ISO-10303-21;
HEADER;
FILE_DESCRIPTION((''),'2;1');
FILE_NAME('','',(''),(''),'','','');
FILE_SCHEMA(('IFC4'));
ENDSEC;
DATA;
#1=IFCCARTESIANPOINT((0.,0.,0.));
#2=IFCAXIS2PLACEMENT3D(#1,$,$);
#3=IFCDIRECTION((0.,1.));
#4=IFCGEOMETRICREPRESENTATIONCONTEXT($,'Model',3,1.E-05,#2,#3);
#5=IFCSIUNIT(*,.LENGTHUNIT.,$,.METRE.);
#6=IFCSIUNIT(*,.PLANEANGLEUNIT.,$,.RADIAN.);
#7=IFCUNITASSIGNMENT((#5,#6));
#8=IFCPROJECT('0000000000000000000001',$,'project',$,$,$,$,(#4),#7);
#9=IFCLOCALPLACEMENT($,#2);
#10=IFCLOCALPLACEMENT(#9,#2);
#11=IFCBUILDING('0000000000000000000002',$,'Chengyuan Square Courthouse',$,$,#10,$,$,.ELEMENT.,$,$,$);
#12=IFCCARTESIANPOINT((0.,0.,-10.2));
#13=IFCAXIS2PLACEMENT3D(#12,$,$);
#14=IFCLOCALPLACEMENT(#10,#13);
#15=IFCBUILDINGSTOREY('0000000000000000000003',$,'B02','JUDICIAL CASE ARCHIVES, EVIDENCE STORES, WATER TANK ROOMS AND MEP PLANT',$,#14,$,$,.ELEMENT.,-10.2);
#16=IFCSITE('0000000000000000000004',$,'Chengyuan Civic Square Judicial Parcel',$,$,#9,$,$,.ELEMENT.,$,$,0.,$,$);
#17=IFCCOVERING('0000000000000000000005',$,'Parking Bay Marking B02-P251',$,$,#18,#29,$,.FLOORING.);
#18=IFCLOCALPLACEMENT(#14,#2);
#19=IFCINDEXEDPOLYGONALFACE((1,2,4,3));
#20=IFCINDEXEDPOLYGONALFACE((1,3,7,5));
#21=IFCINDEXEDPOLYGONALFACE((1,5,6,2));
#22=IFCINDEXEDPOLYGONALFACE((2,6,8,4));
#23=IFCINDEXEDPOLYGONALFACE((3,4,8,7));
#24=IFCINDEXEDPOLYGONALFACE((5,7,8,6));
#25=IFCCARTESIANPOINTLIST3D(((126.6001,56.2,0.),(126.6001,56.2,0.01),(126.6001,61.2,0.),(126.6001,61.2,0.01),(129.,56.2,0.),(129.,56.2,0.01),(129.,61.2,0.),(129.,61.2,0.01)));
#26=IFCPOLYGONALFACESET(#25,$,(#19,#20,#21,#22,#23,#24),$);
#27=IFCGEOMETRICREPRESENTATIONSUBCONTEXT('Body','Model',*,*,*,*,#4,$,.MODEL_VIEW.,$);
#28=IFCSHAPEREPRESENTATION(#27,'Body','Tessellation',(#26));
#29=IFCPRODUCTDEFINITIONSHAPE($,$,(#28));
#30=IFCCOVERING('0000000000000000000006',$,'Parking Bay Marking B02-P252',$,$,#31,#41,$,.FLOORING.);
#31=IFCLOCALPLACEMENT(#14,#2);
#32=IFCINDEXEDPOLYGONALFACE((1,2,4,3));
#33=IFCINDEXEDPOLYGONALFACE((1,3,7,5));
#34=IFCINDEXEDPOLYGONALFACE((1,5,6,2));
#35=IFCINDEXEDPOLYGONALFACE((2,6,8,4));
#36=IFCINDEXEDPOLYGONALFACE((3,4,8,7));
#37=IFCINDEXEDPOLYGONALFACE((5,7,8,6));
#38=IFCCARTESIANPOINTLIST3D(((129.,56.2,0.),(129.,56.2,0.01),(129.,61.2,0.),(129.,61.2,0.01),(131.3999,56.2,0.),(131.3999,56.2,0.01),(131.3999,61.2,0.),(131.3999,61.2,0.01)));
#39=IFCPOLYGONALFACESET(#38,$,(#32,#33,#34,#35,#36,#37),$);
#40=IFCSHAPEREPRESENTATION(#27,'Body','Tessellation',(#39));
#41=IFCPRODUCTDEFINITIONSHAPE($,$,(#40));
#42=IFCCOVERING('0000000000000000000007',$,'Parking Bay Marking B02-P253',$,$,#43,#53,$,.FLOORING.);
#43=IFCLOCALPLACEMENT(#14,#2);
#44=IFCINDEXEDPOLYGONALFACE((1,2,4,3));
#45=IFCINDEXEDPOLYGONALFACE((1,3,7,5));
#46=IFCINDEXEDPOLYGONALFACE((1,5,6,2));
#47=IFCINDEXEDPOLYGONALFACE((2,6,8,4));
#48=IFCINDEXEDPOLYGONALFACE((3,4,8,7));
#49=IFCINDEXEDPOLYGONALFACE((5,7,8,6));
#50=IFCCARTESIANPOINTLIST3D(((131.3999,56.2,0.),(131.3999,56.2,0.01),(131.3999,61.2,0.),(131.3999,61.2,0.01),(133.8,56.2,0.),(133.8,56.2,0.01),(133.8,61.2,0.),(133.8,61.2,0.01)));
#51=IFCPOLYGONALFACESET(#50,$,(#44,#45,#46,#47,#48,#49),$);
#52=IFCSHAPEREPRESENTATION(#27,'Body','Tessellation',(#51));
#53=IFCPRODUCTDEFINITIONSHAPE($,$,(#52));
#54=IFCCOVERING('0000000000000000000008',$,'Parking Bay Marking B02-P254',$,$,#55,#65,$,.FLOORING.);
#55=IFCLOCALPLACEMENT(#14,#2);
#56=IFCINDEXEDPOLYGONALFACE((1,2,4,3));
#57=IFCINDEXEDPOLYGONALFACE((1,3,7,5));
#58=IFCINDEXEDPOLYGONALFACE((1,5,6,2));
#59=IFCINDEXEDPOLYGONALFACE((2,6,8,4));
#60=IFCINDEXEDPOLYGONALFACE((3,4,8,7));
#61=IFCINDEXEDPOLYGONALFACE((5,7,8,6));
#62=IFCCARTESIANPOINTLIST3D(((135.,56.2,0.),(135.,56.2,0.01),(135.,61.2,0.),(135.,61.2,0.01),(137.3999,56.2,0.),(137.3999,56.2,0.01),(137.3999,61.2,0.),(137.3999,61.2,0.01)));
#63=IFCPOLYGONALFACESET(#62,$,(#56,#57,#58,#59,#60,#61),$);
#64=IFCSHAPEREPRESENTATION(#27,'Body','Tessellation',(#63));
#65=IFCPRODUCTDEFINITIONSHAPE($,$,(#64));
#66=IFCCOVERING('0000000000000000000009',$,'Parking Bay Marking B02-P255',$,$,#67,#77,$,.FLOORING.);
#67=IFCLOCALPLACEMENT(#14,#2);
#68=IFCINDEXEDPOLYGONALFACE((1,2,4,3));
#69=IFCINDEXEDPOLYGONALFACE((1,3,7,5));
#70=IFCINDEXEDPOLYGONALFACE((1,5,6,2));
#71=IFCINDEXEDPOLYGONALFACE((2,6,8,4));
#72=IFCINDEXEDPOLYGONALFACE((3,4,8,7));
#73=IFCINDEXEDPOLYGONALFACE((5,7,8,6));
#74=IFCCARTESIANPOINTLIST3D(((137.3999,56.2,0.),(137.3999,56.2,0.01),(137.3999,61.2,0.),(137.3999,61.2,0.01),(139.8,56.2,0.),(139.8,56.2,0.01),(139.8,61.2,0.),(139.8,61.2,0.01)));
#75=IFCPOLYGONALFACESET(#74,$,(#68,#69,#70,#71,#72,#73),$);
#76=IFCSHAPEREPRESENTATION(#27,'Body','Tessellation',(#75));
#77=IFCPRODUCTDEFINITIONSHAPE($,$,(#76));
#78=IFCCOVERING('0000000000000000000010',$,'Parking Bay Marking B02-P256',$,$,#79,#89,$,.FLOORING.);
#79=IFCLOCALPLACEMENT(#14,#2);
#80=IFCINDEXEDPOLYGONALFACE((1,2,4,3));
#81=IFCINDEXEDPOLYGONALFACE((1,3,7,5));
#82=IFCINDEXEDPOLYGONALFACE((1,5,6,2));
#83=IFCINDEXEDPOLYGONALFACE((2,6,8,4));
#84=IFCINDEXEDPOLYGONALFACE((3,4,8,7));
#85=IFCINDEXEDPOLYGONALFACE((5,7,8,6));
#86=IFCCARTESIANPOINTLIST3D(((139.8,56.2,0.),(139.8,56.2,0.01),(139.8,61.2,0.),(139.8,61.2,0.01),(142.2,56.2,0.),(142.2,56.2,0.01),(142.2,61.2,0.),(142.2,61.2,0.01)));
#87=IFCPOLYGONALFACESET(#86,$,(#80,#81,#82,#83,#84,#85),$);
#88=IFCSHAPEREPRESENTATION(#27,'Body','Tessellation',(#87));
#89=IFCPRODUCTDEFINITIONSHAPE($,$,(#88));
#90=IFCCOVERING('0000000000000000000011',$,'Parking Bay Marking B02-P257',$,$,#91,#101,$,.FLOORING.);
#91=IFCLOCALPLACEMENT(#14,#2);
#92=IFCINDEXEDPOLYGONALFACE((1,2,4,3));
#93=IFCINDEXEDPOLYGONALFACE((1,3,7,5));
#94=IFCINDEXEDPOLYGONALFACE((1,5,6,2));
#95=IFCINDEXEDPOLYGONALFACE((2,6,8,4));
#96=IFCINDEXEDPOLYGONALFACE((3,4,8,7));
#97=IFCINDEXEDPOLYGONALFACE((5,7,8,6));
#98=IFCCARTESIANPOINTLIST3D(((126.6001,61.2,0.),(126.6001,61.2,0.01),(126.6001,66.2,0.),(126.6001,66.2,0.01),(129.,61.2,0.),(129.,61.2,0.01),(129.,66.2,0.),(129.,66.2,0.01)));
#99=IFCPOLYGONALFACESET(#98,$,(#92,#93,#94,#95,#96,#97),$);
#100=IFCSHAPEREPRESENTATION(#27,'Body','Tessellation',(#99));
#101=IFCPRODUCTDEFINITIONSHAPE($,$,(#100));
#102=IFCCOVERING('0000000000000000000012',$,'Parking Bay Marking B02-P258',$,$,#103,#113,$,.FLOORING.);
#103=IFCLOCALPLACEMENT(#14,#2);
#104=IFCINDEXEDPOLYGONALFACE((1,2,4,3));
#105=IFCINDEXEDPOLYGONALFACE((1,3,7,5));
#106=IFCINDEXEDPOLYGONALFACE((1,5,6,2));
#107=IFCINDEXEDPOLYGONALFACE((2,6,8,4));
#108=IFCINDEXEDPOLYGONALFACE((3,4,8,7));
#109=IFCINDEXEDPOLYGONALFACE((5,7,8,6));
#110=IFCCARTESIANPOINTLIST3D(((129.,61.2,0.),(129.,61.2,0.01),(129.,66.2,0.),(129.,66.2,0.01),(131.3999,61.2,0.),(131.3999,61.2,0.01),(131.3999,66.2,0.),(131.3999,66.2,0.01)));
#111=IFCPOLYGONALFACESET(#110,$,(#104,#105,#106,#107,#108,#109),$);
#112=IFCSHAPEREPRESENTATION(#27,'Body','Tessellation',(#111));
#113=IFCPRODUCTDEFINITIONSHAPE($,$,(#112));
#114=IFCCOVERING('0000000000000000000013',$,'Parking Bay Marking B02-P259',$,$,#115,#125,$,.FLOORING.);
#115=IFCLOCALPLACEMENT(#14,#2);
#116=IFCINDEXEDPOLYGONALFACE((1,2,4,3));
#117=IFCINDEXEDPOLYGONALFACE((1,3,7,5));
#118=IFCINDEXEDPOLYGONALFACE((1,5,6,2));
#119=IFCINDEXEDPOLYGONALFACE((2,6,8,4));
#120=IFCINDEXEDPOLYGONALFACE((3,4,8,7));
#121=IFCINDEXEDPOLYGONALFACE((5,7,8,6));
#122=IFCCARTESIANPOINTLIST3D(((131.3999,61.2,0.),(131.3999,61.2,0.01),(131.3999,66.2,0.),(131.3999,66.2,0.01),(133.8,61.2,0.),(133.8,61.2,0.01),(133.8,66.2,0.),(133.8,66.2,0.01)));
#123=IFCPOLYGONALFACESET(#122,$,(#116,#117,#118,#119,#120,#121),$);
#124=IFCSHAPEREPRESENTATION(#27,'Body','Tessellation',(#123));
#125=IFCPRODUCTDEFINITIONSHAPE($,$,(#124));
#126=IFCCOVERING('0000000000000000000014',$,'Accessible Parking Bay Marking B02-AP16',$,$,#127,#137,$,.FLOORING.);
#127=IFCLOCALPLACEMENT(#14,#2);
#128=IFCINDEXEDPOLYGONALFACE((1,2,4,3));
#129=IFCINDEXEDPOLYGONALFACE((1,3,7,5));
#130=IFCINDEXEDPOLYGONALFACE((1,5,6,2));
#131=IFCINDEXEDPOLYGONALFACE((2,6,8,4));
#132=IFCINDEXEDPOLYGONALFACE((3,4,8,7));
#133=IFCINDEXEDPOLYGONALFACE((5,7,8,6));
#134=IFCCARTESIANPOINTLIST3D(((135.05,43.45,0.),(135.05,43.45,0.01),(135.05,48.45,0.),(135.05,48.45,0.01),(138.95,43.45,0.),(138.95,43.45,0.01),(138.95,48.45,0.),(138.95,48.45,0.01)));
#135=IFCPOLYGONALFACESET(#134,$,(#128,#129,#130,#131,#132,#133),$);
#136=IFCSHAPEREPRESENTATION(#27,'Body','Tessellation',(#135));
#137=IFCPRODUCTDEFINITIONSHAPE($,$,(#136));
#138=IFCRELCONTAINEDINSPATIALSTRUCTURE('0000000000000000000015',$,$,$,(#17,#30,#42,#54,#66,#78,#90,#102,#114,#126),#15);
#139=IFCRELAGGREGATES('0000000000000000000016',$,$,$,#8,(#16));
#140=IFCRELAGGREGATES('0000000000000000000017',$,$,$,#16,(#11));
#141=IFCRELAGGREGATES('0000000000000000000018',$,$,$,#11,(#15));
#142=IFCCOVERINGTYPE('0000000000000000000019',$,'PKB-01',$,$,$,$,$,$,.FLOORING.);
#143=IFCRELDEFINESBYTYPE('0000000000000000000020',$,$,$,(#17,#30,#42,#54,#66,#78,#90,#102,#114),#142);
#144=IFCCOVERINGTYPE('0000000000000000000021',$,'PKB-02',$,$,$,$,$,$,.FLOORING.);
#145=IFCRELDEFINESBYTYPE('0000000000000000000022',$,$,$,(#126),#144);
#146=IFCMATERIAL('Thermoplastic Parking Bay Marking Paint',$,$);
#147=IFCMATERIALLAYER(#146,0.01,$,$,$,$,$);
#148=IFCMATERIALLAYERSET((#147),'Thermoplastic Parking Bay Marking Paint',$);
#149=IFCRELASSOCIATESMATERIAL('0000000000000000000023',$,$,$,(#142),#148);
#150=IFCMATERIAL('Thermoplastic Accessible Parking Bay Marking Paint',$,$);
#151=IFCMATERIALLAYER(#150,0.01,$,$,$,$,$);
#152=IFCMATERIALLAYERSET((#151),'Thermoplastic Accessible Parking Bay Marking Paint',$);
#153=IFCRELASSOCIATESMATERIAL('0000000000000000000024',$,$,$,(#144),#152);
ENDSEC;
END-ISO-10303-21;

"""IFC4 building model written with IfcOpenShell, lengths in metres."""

from ifc_helpers import new_model, si_unit, direction, frame, origin, place, context, subcontext, project, spatial, polyline, outline, extrude, material, layer, layer_set, type_object, element, save


model = new_model("IFC4")

# Units and contexts
model_context = context("Model", 3, precision=1e-05, world=origin(), true_north=direction((0.0, 1.0)))
body_context = subcontext(model_context, "Body", "Model", "MODEL_VIEW")
ifc_project = project(units=[si_unit("LENGTHUNIT", "METRE"), si_unit("PLANEANGLEUNIT", "RADIAN")], contexts=[model_context])

# Site, building, storey
site_placement = place(None, origin())
site = spatial("IfcSite", under=ifc_project, at=site_placement, Name="Chengyuan Civic Square Judicial Parcel", CompositionType="ELEMENT", RefElevation=0.0)
building_placement = place(site_placement, origin())
building = spatial("IfcBuilding", under=site, at=building_placement, Name="Chengyuan Square Courthouse", CompositionType="ELEMENT")
storey_placement = place(building_placement, frame((0.0, 0.0, -10.2)))
storey = spatial("IfcBuildingStorey", under=building, at=storey_placement, Name="B02", Description="JUDICIAL CASE ARCHIVES, EVIDENCE STORES, WATER TANK ROOMS AND MEP PLANT", CompositionType="ELEMENT", Elevation=-10.2)

# Coverings
ifc_material_1 = material(Name="Thermoplastic Parking Bay Marking Paint")
ifc_layer_1 = layer(ifc_material_1, 0.01)
ifc_layer_set_1 = layer_set([ifc_layer_1], Name="Thermoplastic Parking Bay Marking Paint")
covering_type_1 = type_object("IfcCoveringType", Name="PKB-01", PredefinedType="FLOORING", material=ifc_layer_set_1)
covering_1_placement = place(storey_placement, origin())
element("IfcCovering", 1, at=covering_1_placement, inside=storey, type_object=covering_type_1, Name="Parking Bay Marking B02-P251", PredefinedType="FLOORING", context=body_context, shape_type="SweptSolid", body=[
    extrude(outline(polyline([(126.6001, 56.2), (129.0, 56.2), (129.0, 61.2), (126.6001, 61.2), (126.6001, 56.2)])), origin(), (0.0, 0.0, 1.0), 0.01),
])
covering_2_placement = place(storey_placement, origin())
element("IfcCovering", 2, at=covering_2_placement, inside=storey, type_object=covering_type_1, Name="Parking Bay Marking B02-P252", PredefinedType="FLOORING", context=body_context, shape_type="SweptSolid", body=[
    extrude(outline(polyline([(129.0, 56.2), (131.3999, 56.2), (131.3999, 61.2), (129.0, 61.2), (129.0, 56.2)])), origin(), (0.0, 0.0, 1.0), 0.01),
])
covering_3_placement = place(storey_placement, origin())
element("IfcCovering", 3, at=covering_3_placement, inside=storey, type_object=covering_type_1, Name="Parking Bay Marking B02-P253", PredefinedType="FLOORING", context=body_context, shape_type="SweptSolid", body=[
    extrude(outline(polyline([(131.3999, 56.2), (133.8, 56.2), (133.8, 61.2), (131.3999, 61.2), (131.3999, 56.2)])), origin(), (0.0, 0.0, 1.0), 0.01),
])
covering_4_placement = place(storey_placement, origin())
element("IfcCovering", 4, at=covering_4_placement, inside=storey, type_object=covering_type_1, Name="Parking Bay Marking B02-P254", PredefinedType="FLOORING", context=body_context, shape_type="SweptSolid", body=[
    extrude(outline(polyline([(135.0, 56.2), (137.3999, 56.2), (137.3999, 61.2), (135.0, 61.2), (135.0, 56.2)])), origin(), (0.0, 0.0, 1.0), 0.01),
])
covering_5_placement = place(storey_placement, origin())
element("IfcCovering", 5, at=covering_5_placement, inside=storey, type_object=covering_type_1, Name="Parking Bay Marking B02-P255", PredefinedType="FLOORING", context=body_context, shape_type="SweptSolid", body=[
    extrude(outline(polyline([(137.3999, 56.2), (139.8, 56.2), (139.8, 61.2), (137.3999, 61.2), (137.3999, 56.2)])), origin(), (0.0, 0.0, 1.0), 0.01),
])
covering_6_placement = place(storey_placement, origin())
element("IfcCovering", 6, at=covering_6_placement, inside=storey, type_object=covering_type_1, Name="Parking Bay Marking B02-P256", PredefinedType="FLOORING", context=body_context, shape_type="SweptSolid", body=[
    extrude(outline(polyline([(139.8, 56.2), (142.2, 56.2), (142.2, 61.2), (139.8, 61.2), (139.8, 56.2)])), origin(), (0.0, 0.0, 1.0), 0.01),
])
covering_7_placement = place(storey_placement, origin())
element("IfcCovering", 7, at=covering_7_placement, inside=storey, type_object=covering_type_1, Name="Parking Bay Marking B02-P257", PredefinedType="FLOORING", context=body_context, shape_type="SweptSolid", body=[
    extrude(outline(polyline([(126.6001, 61.2), (129.0, 61.2), (129.0, 66.2), (126.6001, 66.2), (126.6001, 61.2)])), origin(), (0.0, 0.0, 1.0), 0.01),
])
covering_8_placement = place(storey_placement, origin())
element("IfcCovering", 8, at=covering_8_placement, inside=storey, type_object=covering_type_1, Name="Parking Bay Marking B02-P258", PredefinedType="FLOORING", context=body_context, shape_type="SweptSolid", body=[
    extrude(outline(polyline([(129.0, 61.2), (131.3999, 61.2), (131.3999, 66.2), (129.0, 66.2), (129.0, 61.2)])), origin(), (0.0, 0.0, 1.0), 0.01),
])
covering_9_placement = place(storey_placement, origin())
element("IfcCovering", 9, at=covering_9_placement, inside=storey, type_object=covering_type_1, Name="Parking Bay Marking B02-P259", PredefinedType="FLOORING", context=body_context, shape_type="SweptSolid", body=[
    extrude(outline(polyline([(131.3999, 61.2), (133.8, 61.2), (133.8, 66.2), (131.3999, 66.2), (131.3999, 61.2)])), origin(), (0.0, 0.0, 1.0), 0.01),
])
ifc_material_2 = material(Name="Thermoplastic Accessible Parking Bay Marking Paint")
ifc_layer_2 = layer(ifc_material_2, 0.01)
ifc_layer_set_2 = layer_set([ifc_layer_2], Name="Thermoplastic Accessible Parking Bay Marking Paint")
covering_type_2 = type_object("IfcCoveringType", Name="PKB-02", PredefinedType="FLOORING", material=ifc_layer_set_2)
covering_10_placement = place(storey_placement, origin())
element("IfcCovering", 10, at=covering_10_placement, inside=storey, type_object=covering_type_2, Name="Accessible Parking Bay Marking B02-AP16", PredefinedType="FLOORING", context=body_context, shape_type="SweptSolid", body=[
    extrude(outline(polyline([(135.05, 43.45), (138.95, 43.45), (138.95, 48.45), (135.05, 48.45), (135.05, 43.45)])), origin(), (0.0, 0.0, 1.0), 0.01),
])

save(model, "model.ifc")
